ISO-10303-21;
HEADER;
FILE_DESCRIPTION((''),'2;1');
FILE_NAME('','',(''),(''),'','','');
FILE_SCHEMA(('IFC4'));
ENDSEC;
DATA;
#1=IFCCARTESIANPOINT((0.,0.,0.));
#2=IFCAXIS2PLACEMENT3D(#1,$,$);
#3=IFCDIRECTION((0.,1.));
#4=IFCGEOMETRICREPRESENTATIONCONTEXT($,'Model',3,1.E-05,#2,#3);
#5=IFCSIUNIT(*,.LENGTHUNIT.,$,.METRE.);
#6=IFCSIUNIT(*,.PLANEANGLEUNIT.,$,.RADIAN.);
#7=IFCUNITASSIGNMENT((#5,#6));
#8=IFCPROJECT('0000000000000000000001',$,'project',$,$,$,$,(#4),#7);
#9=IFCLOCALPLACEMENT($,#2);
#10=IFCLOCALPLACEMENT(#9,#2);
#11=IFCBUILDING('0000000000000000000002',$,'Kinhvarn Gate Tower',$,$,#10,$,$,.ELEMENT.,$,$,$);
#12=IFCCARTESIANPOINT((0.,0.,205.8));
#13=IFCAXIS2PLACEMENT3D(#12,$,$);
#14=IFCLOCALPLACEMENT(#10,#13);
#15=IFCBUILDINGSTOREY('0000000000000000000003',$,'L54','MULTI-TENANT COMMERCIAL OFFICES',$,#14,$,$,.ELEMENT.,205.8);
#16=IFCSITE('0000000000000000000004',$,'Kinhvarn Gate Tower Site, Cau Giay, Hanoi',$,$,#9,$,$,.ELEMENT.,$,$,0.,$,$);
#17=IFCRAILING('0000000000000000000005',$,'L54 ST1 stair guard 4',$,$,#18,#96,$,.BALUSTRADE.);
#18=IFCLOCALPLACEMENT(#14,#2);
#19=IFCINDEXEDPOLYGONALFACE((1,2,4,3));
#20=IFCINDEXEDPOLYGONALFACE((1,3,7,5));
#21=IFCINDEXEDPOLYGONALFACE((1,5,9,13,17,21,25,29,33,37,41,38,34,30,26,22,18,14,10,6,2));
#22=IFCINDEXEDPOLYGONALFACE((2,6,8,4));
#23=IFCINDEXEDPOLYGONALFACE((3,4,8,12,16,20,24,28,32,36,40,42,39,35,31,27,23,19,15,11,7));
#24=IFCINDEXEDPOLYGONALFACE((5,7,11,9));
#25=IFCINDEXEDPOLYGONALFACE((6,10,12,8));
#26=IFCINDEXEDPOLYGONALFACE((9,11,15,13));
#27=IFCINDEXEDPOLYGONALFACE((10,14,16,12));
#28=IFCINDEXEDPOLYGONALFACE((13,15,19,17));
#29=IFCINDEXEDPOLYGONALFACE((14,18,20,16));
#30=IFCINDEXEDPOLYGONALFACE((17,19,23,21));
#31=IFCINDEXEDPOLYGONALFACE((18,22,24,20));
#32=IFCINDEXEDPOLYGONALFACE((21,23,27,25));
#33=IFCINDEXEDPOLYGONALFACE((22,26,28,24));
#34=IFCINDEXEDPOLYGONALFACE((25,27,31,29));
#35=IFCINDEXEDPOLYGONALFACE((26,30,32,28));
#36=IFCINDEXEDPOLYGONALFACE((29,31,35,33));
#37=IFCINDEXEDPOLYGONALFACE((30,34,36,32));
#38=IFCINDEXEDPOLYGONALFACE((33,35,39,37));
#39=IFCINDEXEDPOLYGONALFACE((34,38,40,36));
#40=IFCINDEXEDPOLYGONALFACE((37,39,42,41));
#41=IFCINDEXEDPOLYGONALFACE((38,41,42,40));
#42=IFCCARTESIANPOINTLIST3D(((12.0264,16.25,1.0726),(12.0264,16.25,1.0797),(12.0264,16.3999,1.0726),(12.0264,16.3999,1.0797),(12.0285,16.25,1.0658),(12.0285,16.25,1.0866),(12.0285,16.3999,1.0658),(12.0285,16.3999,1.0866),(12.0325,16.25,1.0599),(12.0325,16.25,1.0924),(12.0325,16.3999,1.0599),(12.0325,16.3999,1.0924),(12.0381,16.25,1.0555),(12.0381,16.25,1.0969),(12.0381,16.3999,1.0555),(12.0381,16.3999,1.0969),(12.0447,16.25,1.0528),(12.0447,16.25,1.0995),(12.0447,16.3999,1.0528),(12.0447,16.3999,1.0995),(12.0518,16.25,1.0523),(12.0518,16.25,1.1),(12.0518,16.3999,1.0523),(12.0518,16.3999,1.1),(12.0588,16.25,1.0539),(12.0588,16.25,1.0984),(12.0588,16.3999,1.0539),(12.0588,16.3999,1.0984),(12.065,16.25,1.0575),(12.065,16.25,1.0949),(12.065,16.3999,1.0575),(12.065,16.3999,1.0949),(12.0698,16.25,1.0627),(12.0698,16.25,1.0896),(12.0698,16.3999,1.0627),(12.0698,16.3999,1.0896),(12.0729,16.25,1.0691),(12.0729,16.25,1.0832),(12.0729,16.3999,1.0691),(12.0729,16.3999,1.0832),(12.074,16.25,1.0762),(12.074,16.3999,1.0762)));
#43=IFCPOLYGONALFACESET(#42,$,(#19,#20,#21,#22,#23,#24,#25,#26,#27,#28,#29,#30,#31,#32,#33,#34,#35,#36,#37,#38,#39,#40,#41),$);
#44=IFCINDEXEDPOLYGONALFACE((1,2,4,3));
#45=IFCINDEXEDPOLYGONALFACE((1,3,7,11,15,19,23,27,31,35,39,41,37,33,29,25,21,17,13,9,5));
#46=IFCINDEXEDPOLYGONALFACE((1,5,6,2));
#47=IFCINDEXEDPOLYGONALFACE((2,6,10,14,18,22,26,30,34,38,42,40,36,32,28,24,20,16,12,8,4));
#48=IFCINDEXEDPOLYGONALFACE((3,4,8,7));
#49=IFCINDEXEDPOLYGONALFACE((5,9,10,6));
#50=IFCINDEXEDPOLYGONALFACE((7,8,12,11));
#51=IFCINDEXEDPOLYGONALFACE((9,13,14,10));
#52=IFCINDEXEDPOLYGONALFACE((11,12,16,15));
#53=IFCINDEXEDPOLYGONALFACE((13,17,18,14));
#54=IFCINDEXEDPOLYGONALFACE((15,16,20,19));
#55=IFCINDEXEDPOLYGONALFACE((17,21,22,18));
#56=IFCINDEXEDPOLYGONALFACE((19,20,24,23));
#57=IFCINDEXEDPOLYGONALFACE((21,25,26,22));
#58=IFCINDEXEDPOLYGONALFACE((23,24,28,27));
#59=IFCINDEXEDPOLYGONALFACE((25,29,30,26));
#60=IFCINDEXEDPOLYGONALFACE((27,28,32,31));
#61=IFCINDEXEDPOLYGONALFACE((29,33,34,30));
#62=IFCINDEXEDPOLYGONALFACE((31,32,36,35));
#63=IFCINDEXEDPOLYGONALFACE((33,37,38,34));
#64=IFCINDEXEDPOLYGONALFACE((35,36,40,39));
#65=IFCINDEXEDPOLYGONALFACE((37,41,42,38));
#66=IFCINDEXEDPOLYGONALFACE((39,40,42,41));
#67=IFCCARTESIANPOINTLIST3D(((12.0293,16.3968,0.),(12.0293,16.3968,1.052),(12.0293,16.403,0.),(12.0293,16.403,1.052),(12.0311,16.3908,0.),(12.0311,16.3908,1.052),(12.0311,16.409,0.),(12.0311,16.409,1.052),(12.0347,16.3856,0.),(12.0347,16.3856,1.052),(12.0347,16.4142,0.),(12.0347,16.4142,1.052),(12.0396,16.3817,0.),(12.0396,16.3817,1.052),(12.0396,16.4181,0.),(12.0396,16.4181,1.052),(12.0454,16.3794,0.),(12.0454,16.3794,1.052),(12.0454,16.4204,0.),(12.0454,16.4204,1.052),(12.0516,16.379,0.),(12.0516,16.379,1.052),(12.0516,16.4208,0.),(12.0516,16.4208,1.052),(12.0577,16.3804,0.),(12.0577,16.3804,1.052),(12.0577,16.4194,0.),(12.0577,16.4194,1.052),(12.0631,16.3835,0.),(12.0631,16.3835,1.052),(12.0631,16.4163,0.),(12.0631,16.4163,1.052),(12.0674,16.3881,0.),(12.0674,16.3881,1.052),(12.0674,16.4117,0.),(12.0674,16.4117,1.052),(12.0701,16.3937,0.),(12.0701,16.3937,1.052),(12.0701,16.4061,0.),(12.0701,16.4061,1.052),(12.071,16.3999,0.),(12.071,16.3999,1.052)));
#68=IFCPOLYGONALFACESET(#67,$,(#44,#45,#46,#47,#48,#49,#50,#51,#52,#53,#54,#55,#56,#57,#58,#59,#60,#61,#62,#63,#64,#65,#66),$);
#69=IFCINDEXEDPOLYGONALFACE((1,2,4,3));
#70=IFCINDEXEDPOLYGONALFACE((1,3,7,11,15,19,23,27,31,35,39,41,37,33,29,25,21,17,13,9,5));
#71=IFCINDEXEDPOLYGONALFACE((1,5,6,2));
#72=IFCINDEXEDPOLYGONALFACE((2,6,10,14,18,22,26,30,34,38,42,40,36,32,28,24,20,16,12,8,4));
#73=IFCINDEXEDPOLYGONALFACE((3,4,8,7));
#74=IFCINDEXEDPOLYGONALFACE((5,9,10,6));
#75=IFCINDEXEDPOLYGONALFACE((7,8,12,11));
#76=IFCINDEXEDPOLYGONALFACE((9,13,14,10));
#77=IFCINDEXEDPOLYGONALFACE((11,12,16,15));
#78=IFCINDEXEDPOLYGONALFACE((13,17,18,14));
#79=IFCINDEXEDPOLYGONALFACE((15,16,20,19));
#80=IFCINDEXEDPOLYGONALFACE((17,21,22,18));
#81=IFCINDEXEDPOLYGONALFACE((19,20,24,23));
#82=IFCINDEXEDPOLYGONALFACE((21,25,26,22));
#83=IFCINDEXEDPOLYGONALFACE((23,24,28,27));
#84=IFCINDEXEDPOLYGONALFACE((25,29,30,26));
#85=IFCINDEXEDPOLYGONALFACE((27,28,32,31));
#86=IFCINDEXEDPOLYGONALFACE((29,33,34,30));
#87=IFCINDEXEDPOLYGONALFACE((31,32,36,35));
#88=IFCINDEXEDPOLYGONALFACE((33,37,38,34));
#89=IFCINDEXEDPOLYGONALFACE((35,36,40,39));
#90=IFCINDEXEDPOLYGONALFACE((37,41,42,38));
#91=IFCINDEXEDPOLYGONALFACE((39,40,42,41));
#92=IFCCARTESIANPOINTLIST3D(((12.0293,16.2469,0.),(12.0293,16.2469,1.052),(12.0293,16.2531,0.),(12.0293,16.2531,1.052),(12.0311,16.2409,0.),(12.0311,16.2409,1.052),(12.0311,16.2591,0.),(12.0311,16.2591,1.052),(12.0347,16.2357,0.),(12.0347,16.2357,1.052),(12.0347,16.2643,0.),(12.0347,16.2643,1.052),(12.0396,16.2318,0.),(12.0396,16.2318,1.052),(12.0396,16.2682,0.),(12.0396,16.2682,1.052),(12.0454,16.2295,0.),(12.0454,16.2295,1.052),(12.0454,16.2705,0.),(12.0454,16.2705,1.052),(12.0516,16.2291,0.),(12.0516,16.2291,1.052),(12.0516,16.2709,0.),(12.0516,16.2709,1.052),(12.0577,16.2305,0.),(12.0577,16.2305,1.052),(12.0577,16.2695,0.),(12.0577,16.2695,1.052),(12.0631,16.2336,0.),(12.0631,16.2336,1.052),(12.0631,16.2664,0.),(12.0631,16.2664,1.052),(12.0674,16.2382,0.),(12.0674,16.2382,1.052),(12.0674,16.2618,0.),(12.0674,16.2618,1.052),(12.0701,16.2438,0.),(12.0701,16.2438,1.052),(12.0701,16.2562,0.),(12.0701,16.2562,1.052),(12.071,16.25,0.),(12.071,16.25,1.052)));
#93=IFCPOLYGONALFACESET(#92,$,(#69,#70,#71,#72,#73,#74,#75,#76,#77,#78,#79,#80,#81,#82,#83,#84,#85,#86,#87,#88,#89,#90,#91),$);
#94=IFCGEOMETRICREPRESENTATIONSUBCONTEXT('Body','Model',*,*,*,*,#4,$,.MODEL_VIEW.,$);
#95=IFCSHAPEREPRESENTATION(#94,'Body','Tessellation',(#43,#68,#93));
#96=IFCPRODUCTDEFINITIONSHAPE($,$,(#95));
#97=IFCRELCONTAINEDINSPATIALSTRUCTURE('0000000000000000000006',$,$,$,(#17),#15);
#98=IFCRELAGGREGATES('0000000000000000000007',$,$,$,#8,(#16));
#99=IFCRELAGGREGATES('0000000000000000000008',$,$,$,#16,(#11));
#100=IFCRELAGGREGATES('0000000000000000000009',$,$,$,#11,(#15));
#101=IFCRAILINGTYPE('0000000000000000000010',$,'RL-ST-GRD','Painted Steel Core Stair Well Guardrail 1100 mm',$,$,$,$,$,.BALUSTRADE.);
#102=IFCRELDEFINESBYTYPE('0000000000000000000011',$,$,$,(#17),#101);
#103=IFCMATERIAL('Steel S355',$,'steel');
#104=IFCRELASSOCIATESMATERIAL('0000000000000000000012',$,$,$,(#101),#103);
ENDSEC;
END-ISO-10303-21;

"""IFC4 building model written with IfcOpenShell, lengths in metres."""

from ifc_helpers import new_model, si_unit, direction, frame, origin, origin_2d, place, context, subcontext, project, spatial, circle, extrude, material, type_object, element, save


model = new_model("IFC4")

# Units and contexts
model_context = context("Model", 3, precision=1e-05, world=origin(), true_north=direction((0.0, 1.0)))
body_context = subcontext(model_context, "Body", "Model", "MODEL_VIEW")
ifc_project = project(units=[si_unit("LENGTHUNIT", "METRE"), si_unit("PLANEANGLEUNIT", "RADIAN")], contexts=[model_context])

# Site, building, storey
site_placement = place(None, origin())
site = spatial("IfcSite", under=ifc_project, at=site_placement, Name="Kinhvarn Gate Tower Site, Cau Giay, Hanoi", CompositionType="ELEMENT", RefElevation=0.0)
building_placement = place(site_placement, origin())
building = spatial("IfcBuilding", under=site, at=building_placement, Name="Kinhvarn Gate Tower", CompositionType="ELEMENT")
storey_placement = place(building_placement, frame((0.0, 0.0, 205.8)))
storey = spatial("IfcBuildingStorey", under=building, at=storey_placement, Name="L54", Description="MULTI-TENANT COMMERCIAL OFFICES", CompositionType="ELEMENT", Elevation=205.8)

# Shared definitions
ifc_material_1 = material(Name="Steel S355", Category="steel")

# Railing
railing_type_1 = type_object("IfcRailingType", Name="RL-ST-GRD", Description="Painted Steel Core Stair Well Guardrail 1100 mm", PredefinedType="BALUSTRADE", material=ifc_material_1)
railing_1_placement = place(storey_placement, frame((12.05, 16.3999, 0.0)))
element("IfcRailing", 1, at=railing_1_placement, inside=storey, type_object=railing_type_1, Name="L54 ST1 stair guard 4", PredefinedType="BALUSTRADE", context=body_context, shape_type="SweptSolid", body=[
    extrude(circle(Radius=0.0239, at=origin_2d()), frame((0.0, 0.0, 1.0762), z_axis=(0.0, -1.0, 0.0), x_axis=(1.0, 0.0, 0.0)), (0.0, 0.0, 1.0), 0.1499),
    extrude(circle(Radius=0.021, at=origin_2d()), origin(), (0.0, 0.0, 1.0), 1.052),
    extrude(circle(Radius=0.021, at=origin_2d()), frame((0.0, -0.1499, 0.0)), (0.0, 0.0, 1.0), 1.052),
])

save(model, "model.ifc")
